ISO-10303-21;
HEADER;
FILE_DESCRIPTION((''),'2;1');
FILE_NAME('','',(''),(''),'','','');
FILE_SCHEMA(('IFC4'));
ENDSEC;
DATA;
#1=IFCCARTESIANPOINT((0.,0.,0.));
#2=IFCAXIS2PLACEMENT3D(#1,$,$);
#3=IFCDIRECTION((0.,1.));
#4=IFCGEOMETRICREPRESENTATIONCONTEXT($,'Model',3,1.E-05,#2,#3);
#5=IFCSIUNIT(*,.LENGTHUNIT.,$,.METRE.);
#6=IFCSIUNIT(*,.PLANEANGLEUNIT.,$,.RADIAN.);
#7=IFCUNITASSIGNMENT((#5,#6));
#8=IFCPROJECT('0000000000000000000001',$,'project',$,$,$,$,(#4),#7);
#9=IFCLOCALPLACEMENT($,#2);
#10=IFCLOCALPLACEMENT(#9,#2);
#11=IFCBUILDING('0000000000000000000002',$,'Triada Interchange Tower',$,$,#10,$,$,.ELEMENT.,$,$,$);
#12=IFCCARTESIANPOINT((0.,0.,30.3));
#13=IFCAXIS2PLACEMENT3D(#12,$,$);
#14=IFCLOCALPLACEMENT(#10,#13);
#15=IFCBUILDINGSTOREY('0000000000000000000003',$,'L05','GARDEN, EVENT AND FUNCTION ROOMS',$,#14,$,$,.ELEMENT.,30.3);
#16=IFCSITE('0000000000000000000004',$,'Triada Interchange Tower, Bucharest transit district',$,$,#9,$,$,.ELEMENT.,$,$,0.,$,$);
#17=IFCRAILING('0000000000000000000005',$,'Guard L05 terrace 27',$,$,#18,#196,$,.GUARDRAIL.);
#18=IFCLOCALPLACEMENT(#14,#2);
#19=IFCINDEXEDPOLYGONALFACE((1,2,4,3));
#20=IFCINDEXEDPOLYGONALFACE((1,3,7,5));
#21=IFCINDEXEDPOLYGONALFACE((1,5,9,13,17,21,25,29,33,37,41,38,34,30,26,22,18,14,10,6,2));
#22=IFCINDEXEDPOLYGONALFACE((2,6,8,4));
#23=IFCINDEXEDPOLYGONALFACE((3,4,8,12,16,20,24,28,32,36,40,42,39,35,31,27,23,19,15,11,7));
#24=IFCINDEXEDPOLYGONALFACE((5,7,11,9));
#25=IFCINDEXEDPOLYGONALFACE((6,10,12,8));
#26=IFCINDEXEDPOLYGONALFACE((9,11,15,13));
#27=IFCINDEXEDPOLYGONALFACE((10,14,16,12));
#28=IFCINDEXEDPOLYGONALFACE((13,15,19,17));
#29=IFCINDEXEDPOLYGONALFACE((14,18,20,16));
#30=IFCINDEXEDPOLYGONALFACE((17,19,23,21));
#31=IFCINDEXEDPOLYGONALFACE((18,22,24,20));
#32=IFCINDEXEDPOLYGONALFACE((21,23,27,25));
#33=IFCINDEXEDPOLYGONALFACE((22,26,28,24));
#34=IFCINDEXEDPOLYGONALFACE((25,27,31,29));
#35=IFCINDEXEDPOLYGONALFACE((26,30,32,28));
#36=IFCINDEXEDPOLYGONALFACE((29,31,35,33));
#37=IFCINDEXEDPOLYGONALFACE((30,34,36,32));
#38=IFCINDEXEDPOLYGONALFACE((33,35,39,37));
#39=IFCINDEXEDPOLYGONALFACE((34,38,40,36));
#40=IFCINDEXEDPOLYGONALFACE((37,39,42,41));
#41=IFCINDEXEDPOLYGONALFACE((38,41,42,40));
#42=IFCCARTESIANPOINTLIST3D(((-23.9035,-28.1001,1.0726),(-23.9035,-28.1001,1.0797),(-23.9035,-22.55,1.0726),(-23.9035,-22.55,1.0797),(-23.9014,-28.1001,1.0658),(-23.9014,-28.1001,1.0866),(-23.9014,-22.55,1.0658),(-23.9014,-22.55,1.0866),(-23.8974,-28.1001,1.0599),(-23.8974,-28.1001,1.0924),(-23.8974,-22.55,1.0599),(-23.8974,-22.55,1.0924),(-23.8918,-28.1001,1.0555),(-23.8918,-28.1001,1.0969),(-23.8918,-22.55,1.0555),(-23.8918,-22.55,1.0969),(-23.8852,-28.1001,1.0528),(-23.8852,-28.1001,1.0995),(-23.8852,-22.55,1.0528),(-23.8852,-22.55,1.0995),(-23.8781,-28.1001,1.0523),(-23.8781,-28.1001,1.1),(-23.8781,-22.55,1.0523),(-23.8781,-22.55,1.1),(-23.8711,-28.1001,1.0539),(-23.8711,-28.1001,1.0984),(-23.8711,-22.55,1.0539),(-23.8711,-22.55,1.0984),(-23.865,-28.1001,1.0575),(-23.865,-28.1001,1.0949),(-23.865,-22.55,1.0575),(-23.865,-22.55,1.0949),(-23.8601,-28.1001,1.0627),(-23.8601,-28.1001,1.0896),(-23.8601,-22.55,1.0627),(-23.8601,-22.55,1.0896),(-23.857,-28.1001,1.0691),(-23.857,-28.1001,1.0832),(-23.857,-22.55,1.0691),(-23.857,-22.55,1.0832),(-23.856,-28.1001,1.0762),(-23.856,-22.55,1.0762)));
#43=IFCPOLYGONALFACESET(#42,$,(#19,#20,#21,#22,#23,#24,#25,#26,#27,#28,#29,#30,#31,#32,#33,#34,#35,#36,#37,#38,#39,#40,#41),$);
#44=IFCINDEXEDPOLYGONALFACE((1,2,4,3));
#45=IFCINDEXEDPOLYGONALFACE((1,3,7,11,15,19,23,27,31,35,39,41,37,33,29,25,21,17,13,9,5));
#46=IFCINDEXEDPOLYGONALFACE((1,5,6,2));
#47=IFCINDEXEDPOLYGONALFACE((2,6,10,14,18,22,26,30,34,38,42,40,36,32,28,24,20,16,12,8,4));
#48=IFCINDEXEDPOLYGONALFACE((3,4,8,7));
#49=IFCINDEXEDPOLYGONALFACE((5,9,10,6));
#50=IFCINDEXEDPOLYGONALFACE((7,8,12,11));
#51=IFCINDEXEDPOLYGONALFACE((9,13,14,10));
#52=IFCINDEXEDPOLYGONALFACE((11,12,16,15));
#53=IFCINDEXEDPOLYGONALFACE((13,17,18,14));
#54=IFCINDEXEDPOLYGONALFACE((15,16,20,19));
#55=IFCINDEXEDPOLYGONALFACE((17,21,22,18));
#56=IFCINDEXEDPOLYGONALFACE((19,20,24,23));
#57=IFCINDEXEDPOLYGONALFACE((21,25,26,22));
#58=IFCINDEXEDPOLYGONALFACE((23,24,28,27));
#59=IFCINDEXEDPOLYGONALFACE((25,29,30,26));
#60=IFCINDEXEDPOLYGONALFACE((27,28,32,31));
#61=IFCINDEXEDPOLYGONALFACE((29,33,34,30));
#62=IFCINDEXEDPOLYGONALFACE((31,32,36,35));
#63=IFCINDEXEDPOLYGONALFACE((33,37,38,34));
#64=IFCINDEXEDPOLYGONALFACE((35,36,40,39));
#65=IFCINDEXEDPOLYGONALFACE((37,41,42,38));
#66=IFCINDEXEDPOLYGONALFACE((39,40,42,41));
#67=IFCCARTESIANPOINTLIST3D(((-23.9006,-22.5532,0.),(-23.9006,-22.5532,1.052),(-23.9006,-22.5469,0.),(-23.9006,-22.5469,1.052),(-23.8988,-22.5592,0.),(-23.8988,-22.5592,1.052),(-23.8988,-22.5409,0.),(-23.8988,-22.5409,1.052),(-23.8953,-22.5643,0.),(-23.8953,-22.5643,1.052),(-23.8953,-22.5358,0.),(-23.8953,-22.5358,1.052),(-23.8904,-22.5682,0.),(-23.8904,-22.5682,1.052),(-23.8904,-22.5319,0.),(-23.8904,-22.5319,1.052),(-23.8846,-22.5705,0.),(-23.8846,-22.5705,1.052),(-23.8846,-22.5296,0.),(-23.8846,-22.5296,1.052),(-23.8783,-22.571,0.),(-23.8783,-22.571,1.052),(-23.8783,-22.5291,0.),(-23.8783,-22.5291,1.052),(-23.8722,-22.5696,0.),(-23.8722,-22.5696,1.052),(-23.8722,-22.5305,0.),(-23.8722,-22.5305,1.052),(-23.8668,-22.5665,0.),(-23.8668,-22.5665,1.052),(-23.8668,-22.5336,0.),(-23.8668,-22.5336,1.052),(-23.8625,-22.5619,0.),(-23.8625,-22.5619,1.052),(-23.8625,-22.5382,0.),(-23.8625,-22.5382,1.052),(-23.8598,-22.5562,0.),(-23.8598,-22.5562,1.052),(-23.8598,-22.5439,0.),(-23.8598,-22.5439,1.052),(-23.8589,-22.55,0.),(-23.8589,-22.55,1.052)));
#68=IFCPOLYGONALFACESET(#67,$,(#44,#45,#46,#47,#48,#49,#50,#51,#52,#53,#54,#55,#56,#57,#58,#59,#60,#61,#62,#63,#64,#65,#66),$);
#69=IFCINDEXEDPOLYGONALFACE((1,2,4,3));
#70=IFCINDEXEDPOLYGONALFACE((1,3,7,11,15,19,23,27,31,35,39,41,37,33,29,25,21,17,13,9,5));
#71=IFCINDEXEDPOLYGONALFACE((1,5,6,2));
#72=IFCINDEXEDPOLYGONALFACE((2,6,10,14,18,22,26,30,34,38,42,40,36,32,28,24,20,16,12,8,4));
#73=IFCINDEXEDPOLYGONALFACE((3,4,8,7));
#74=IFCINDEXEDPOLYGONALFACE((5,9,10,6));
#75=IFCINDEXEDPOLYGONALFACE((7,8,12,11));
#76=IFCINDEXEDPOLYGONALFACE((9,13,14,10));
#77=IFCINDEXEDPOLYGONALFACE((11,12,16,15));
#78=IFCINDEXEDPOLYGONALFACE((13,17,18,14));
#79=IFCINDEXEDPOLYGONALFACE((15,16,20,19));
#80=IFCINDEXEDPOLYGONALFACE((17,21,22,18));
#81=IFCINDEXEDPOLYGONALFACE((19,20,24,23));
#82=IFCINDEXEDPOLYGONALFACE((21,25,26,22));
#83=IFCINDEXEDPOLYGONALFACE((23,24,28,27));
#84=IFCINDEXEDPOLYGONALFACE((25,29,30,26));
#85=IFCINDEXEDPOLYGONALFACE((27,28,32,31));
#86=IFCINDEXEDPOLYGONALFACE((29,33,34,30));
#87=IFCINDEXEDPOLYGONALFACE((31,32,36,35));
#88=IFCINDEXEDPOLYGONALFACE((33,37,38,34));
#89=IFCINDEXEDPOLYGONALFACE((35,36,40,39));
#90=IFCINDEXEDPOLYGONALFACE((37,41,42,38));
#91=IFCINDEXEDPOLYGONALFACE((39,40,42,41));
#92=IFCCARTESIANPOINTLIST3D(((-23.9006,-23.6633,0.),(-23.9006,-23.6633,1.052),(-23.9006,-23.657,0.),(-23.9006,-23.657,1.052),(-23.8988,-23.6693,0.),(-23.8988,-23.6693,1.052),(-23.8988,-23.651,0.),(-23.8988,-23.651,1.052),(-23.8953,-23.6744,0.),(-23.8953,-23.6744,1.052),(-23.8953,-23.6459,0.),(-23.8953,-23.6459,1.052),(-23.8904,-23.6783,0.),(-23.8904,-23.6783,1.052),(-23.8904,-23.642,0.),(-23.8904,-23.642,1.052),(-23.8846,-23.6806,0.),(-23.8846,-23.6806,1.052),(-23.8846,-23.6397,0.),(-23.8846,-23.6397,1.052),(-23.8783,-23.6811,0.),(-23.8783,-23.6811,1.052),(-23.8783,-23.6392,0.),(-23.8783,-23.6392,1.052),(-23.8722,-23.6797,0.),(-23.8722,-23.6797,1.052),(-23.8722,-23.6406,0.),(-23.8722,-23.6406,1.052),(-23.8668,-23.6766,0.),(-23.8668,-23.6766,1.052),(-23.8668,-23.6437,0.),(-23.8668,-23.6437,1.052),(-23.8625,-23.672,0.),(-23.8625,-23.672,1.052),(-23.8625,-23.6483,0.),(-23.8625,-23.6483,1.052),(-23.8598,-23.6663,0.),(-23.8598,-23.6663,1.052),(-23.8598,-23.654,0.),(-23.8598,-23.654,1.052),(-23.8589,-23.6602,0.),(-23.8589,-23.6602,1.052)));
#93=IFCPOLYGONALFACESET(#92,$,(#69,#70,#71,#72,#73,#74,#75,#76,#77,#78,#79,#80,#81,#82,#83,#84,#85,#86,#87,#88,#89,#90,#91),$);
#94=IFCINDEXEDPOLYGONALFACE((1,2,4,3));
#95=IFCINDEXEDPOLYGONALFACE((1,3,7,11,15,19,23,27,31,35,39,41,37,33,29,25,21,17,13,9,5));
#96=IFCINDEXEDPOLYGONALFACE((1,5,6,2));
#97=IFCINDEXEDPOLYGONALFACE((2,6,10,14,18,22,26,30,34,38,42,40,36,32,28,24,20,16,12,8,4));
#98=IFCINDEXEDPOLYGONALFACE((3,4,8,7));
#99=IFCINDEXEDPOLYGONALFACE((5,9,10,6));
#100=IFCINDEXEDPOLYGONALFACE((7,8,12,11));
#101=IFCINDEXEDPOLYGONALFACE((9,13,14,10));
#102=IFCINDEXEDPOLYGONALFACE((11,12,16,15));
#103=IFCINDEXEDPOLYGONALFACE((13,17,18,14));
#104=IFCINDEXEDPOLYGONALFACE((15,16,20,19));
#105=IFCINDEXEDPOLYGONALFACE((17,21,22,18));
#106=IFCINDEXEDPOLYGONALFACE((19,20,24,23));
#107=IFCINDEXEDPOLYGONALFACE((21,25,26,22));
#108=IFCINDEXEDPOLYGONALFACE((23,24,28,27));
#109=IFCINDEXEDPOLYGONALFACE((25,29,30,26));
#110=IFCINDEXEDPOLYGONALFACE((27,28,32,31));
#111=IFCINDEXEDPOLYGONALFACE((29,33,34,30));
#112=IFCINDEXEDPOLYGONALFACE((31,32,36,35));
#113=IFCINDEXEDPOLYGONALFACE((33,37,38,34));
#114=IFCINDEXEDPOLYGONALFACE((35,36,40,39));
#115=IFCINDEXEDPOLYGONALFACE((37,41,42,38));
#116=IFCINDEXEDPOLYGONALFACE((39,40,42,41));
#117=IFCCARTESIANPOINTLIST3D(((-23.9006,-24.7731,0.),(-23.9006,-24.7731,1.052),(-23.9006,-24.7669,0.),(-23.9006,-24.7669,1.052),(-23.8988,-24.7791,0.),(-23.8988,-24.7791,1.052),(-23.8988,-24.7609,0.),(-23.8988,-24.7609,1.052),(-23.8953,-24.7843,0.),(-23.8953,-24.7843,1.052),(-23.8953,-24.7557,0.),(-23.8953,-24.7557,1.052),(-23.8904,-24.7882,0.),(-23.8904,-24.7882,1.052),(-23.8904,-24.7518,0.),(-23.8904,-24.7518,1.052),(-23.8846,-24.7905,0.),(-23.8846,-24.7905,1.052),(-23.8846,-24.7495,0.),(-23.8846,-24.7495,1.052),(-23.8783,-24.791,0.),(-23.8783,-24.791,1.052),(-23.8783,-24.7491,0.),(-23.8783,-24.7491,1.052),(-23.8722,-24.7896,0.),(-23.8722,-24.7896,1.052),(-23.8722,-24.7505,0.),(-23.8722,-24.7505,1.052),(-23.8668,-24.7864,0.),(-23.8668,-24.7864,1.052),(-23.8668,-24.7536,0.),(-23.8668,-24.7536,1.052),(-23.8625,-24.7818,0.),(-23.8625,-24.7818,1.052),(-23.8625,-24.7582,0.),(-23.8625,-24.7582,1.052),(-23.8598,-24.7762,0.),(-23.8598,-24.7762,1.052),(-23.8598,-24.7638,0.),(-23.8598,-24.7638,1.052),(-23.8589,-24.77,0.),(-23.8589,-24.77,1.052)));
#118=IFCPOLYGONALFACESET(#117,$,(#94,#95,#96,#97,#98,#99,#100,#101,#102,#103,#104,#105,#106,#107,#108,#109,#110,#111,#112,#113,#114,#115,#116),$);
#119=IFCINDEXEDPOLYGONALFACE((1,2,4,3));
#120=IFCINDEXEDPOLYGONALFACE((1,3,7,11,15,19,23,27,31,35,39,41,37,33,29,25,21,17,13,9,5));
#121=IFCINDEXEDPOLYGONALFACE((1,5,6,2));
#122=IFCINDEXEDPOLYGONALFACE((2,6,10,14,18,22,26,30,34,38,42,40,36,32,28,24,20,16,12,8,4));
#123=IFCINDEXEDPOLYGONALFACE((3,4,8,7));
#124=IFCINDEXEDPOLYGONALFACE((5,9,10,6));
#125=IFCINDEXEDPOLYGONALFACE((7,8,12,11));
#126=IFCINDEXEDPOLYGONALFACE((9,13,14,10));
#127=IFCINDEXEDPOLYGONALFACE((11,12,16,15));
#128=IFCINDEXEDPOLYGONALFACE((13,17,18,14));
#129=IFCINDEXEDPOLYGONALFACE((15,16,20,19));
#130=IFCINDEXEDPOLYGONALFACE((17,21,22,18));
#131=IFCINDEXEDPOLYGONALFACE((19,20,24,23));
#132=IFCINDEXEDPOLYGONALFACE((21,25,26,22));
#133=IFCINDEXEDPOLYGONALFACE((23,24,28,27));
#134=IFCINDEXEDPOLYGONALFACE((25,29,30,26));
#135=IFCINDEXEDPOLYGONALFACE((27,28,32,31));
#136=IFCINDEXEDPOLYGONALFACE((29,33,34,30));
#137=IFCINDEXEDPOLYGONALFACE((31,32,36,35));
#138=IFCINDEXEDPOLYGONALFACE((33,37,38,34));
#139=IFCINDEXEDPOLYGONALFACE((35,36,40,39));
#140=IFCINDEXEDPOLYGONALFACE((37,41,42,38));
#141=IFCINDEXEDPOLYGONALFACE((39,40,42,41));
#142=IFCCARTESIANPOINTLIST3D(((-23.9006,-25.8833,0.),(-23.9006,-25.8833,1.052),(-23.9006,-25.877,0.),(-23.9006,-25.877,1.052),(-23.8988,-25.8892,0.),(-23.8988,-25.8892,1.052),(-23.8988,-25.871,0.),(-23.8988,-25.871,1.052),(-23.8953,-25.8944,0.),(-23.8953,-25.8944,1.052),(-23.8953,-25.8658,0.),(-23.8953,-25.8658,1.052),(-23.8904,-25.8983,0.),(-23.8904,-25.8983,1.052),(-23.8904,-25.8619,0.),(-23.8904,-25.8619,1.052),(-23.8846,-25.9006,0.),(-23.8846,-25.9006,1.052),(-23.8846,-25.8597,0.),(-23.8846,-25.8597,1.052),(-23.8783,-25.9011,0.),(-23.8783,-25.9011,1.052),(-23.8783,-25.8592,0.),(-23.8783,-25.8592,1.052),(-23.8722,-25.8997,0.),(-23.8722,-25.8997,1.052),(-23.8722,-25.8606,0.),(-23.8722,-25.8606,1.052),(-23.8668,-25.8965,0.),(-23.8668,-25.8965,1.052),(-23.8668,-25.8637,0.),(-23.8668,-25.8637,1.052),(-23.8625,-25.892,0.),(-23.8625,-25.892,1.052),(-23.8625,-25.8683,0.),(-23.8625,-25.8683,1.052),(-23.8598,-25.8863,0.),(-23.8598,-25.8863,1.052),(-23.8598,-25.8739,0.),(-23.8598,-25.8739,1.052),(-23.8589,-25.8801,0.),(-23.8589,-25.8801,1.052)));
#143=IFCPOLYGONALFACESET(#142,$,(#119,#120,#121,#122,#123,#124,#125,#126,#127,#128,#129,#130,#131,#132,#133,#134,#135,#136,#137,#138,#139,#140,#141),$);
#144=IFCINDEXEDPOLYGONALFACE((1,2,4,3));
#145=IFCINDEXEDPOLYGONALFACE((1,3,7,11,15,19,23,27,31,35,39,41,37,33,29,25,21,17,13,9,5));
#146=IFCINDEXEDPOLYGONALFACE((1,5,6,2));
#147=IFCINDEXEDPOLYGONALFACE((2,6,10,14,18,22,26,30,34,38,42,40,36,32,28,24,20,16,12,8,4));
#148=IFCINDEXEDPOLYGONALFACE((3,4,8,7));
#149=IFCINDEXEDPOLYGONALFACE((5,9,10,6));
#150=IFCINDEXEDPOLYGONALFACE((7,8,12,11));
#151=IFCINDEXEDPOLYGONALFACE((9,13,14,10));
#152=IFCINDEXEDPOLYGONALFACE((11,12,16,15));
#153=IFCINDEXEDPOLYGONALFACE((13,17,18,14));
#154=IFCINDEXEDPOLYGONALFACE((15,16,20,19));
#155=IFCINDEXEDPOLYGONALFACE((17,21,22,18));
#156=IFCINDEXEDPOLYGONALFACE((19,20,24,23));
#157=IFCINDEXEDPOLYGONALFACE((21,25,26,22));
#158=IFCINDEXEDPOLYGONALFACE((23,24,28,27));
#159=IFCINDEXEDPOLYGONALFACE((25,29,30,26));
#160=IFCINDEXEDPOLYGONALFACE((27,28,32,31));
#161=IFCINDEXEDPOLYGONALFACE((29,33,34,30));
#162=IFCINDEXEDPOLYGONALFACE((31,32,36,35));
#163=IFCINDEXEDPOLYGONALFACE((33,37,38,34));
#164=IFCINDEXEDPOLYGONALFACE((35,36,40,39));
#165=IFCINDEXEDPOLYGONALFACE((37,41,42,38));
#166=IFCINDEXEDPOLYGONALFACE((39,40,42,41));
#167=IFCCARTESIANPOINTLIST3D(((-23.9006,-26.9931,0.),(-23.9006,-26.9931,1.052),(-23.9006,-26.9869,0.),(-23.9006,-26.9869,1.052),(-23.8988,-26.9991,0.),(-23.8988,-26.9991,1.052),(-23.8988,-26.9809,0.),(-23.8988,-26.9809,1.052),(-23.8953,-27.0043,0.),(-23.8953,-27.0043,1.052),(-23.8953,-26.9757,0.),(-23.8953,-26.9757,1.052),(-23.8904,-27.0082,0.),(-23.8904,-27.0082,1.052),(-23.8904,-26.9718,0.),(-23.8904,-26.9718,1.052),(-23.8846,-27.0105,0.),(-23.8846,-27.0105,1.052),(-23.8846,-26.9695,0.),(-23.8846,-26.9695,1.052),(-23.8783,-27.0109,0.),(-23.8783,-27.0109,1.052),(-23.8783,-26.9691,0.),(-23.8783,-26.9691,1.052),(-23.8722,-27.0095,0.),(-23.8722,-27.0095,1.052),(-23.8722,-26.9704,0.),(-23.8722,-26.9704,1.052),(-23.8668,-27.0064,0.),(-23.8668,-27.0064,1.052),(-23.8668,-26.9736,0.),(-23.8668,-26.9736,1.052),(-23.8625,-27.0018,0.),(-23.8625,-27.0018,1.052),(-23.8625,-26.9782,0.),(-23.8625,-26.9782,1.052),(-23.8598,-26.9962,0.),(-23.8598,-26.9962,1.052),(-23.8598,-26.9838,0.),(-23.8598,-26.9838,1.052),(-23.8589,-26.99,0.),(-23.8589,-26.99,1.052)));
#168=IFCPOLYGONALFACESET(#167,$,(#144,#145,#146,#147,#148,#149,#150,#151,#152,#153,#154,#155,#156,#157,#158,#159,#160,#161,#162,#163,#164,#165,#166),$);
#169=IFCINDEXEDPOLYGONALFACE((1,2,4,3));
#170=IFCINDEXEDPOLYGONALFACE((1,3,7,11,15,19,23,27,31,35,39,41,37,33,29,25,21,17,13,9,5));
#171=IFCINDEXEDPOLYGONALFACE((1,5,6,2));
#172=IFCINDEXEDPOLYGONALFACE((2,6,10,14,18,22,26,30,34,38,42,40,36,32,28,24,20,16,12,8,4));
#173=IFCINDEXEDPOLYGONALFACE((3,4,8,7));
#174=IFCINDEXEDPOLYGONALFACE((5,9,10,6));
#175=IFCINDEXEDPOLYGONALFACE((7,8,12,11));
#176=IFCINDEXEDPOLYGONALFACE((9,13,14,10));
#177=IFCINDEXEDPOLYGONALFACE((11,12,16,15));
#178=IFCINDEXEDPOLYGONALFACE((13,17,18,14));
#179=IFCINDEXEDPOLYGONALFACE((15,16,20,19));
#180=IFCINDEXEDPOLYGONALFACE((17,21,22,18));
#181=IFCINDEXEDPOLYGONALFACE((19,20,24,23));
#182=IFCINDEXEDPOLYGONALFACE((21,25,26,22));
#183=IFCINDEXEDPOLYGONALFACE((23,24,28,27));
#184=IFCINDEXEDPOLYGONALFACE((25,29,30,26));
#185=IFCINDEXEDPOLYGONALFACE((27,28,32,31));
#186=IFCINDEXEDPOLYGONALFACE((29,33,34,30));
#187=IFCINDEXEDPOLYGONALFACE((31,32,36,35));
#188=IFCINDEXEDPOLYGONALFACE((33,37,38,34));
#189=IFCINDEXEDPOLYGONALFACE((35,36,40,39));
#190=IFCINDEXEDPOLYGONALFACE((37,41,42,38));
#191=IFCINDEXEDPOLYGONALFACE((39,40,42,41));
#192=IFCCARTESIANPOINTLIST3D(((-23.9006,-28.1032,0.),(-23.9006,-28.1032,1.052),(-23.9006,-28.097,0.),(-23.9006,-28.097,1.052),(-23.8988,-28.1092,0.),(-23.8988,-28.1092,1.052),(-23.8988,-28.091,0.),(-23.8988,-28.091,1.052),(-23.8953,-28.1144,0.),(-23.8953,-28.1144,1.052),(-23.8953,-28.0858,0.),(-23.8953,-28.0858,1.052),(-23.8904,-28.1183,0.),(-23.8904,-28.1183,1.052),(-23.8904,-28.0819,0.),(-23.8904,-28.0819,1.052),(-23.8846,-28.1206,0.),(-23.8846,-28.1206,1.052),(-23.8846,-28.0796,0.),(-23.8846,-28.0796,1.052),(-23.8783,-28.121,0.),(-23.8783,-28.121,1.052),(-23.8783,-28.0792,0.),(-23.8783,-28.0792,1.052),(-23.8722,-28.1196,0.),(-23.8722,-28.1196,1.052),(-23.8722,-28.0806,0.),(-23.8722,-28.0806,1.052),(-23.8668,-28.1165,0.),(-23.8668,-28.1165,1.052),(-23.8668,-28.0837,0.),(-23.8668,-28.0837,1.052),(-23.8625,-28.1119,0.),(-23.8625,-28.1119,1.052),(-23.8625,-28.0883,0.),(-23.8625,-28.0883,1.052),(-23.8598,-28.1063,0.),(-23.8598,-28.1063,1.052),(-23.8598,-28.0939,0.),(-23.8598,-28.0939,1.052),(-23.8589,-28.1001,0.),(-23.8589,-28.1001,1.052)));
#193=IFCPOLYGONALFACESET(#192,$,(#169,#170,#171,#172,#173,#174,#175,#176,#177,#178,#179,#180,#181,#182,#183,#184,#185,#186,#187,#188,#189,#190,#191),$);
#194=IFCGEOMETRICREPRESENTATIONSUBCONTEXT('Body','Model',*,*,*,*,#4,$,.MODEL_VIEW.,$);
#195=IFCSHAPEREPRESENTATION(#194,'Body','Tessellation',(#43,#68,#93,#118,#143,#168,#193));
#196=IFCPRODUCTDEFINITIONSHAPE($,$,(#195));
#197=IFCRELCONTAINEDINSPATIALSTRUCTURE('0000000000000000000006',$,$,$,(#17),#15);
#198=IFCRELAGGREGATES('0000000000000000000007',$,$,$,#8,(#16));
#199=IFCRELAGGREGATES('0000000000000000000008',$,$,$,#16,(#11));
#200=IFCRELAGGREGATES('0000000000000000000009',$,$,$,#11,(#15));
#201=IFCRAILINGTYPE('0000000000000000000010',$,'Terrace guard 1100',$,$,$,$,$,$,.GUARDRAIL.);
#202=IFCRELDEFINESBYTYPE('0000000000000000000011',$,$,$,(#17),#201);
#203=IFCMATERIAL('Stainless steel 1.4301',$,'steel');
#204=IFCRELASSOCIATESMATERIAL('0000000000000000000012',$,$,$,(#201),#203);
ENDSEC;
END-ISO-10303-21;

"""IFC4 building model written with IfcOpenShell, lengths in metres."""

from ifc_helpers import new_model, si_unit, direction, frame, origin, origin_2d, place, context, subcontext, project, spatial, circle, extrude, material, type_object, element, save


model = new_model("IFC4")

# Units and contexts
model_context = context("Model", 3, precision=1e-05, world=origin(), true_north=direction((0.0, 1.0)))
body_context = subcontext(model_context, "Body", "Model", "MODEL_VIEW")
ifc_project = project(units=[si_unit("LENGTHUNIT", "METRE"), si_unit("PLANEANGLEUNIT", "RADIAN")], contexts=[model_context])

# Site, building, storey
site_placement = place(None, origin())
site = spatial("IfcSite", under=ifc_project, at=site_placement, Name="Triada Interchange Tower, Bucharest transit district", CompositionType="ELEMENT", RefElevation=0.0)
building_placement = place(site_placement, origin())
building = spatial("IfcBuilding", under=site, at=building_placement, Name="Triada Interchange Tower", CompositionType="ELEMENT")
storey_placement = place(building_placement, frame((0.0, 0.0, 30.3)))
storey = spatial("IfcBuildingStorey", under=building, at=storey_placement, Name="L05", Description="GARDEN, EVENT AND FUNCTION ROOMS", CompositionType="ELEMENT", Elevation=30.3)

# Railing
ifc_material_1 = material(Name="Stainless steel 1.4301", Category="steel")
railing_type = type_object("IfcRailingType", Name="Terrace guard 1100", PredefinedType="GUARDRAIL", material=ifc_material_1)
railing_1_placement = place(storey_placement, frame((-23.8799, -22.55, 0.0)))
element("IfcRailing", 1, at=railing_1_placement, inside=storey, type_object=railing_type, Name="Guard L05 terrace 27", PredefinedType="GUARDRAIL", context=body_context, shape_type="SweptSolid", body=[
    extrude(circle(Radius=0.0239, at=origin_2d()), frame((0.0, 0.0, 1.0762), z_axis=(0.0, -1.0, 0.0), x_axis=(1.0, 0.0, 0.0)), (0.0, 0.0, 1.0), 5.55),
    extrude(circle(Radius=0.021, at=origin_2d()), origin(), (0.0, 0.0, 1.0), 1.052),
    extrude(circle(Radius=0.021, at=origin_2d()), frame((0.0, -1.1101, 0.0)), (0.0, 0.0, 1.0), 1.052),
    extrude(circle(Radius=0.021, at=origin_2d()), frame((0.0, -2.22, 0.0)), (0.0, 0.0, 1.0), 1.052),
    extrude(circle(Radius=0.021, at=origin_2d()), frame((0.0, -3.3301, 0.0)), (0.0, 0.0, 1.0), 1.052),
    extrude(circle(Radius=0.021, at=origin_2d()), frame((0.0, -4.4399, 0.0)), (0.0, 0.0, 1.0), 1.052),
    extrude(circle(Radius=0.021, at=origin_2d()), frame((0.0, -5.55, 0.0)), (0.0, 0.0, 1.0), 1.052),
])

save(model, "model.ifc")
